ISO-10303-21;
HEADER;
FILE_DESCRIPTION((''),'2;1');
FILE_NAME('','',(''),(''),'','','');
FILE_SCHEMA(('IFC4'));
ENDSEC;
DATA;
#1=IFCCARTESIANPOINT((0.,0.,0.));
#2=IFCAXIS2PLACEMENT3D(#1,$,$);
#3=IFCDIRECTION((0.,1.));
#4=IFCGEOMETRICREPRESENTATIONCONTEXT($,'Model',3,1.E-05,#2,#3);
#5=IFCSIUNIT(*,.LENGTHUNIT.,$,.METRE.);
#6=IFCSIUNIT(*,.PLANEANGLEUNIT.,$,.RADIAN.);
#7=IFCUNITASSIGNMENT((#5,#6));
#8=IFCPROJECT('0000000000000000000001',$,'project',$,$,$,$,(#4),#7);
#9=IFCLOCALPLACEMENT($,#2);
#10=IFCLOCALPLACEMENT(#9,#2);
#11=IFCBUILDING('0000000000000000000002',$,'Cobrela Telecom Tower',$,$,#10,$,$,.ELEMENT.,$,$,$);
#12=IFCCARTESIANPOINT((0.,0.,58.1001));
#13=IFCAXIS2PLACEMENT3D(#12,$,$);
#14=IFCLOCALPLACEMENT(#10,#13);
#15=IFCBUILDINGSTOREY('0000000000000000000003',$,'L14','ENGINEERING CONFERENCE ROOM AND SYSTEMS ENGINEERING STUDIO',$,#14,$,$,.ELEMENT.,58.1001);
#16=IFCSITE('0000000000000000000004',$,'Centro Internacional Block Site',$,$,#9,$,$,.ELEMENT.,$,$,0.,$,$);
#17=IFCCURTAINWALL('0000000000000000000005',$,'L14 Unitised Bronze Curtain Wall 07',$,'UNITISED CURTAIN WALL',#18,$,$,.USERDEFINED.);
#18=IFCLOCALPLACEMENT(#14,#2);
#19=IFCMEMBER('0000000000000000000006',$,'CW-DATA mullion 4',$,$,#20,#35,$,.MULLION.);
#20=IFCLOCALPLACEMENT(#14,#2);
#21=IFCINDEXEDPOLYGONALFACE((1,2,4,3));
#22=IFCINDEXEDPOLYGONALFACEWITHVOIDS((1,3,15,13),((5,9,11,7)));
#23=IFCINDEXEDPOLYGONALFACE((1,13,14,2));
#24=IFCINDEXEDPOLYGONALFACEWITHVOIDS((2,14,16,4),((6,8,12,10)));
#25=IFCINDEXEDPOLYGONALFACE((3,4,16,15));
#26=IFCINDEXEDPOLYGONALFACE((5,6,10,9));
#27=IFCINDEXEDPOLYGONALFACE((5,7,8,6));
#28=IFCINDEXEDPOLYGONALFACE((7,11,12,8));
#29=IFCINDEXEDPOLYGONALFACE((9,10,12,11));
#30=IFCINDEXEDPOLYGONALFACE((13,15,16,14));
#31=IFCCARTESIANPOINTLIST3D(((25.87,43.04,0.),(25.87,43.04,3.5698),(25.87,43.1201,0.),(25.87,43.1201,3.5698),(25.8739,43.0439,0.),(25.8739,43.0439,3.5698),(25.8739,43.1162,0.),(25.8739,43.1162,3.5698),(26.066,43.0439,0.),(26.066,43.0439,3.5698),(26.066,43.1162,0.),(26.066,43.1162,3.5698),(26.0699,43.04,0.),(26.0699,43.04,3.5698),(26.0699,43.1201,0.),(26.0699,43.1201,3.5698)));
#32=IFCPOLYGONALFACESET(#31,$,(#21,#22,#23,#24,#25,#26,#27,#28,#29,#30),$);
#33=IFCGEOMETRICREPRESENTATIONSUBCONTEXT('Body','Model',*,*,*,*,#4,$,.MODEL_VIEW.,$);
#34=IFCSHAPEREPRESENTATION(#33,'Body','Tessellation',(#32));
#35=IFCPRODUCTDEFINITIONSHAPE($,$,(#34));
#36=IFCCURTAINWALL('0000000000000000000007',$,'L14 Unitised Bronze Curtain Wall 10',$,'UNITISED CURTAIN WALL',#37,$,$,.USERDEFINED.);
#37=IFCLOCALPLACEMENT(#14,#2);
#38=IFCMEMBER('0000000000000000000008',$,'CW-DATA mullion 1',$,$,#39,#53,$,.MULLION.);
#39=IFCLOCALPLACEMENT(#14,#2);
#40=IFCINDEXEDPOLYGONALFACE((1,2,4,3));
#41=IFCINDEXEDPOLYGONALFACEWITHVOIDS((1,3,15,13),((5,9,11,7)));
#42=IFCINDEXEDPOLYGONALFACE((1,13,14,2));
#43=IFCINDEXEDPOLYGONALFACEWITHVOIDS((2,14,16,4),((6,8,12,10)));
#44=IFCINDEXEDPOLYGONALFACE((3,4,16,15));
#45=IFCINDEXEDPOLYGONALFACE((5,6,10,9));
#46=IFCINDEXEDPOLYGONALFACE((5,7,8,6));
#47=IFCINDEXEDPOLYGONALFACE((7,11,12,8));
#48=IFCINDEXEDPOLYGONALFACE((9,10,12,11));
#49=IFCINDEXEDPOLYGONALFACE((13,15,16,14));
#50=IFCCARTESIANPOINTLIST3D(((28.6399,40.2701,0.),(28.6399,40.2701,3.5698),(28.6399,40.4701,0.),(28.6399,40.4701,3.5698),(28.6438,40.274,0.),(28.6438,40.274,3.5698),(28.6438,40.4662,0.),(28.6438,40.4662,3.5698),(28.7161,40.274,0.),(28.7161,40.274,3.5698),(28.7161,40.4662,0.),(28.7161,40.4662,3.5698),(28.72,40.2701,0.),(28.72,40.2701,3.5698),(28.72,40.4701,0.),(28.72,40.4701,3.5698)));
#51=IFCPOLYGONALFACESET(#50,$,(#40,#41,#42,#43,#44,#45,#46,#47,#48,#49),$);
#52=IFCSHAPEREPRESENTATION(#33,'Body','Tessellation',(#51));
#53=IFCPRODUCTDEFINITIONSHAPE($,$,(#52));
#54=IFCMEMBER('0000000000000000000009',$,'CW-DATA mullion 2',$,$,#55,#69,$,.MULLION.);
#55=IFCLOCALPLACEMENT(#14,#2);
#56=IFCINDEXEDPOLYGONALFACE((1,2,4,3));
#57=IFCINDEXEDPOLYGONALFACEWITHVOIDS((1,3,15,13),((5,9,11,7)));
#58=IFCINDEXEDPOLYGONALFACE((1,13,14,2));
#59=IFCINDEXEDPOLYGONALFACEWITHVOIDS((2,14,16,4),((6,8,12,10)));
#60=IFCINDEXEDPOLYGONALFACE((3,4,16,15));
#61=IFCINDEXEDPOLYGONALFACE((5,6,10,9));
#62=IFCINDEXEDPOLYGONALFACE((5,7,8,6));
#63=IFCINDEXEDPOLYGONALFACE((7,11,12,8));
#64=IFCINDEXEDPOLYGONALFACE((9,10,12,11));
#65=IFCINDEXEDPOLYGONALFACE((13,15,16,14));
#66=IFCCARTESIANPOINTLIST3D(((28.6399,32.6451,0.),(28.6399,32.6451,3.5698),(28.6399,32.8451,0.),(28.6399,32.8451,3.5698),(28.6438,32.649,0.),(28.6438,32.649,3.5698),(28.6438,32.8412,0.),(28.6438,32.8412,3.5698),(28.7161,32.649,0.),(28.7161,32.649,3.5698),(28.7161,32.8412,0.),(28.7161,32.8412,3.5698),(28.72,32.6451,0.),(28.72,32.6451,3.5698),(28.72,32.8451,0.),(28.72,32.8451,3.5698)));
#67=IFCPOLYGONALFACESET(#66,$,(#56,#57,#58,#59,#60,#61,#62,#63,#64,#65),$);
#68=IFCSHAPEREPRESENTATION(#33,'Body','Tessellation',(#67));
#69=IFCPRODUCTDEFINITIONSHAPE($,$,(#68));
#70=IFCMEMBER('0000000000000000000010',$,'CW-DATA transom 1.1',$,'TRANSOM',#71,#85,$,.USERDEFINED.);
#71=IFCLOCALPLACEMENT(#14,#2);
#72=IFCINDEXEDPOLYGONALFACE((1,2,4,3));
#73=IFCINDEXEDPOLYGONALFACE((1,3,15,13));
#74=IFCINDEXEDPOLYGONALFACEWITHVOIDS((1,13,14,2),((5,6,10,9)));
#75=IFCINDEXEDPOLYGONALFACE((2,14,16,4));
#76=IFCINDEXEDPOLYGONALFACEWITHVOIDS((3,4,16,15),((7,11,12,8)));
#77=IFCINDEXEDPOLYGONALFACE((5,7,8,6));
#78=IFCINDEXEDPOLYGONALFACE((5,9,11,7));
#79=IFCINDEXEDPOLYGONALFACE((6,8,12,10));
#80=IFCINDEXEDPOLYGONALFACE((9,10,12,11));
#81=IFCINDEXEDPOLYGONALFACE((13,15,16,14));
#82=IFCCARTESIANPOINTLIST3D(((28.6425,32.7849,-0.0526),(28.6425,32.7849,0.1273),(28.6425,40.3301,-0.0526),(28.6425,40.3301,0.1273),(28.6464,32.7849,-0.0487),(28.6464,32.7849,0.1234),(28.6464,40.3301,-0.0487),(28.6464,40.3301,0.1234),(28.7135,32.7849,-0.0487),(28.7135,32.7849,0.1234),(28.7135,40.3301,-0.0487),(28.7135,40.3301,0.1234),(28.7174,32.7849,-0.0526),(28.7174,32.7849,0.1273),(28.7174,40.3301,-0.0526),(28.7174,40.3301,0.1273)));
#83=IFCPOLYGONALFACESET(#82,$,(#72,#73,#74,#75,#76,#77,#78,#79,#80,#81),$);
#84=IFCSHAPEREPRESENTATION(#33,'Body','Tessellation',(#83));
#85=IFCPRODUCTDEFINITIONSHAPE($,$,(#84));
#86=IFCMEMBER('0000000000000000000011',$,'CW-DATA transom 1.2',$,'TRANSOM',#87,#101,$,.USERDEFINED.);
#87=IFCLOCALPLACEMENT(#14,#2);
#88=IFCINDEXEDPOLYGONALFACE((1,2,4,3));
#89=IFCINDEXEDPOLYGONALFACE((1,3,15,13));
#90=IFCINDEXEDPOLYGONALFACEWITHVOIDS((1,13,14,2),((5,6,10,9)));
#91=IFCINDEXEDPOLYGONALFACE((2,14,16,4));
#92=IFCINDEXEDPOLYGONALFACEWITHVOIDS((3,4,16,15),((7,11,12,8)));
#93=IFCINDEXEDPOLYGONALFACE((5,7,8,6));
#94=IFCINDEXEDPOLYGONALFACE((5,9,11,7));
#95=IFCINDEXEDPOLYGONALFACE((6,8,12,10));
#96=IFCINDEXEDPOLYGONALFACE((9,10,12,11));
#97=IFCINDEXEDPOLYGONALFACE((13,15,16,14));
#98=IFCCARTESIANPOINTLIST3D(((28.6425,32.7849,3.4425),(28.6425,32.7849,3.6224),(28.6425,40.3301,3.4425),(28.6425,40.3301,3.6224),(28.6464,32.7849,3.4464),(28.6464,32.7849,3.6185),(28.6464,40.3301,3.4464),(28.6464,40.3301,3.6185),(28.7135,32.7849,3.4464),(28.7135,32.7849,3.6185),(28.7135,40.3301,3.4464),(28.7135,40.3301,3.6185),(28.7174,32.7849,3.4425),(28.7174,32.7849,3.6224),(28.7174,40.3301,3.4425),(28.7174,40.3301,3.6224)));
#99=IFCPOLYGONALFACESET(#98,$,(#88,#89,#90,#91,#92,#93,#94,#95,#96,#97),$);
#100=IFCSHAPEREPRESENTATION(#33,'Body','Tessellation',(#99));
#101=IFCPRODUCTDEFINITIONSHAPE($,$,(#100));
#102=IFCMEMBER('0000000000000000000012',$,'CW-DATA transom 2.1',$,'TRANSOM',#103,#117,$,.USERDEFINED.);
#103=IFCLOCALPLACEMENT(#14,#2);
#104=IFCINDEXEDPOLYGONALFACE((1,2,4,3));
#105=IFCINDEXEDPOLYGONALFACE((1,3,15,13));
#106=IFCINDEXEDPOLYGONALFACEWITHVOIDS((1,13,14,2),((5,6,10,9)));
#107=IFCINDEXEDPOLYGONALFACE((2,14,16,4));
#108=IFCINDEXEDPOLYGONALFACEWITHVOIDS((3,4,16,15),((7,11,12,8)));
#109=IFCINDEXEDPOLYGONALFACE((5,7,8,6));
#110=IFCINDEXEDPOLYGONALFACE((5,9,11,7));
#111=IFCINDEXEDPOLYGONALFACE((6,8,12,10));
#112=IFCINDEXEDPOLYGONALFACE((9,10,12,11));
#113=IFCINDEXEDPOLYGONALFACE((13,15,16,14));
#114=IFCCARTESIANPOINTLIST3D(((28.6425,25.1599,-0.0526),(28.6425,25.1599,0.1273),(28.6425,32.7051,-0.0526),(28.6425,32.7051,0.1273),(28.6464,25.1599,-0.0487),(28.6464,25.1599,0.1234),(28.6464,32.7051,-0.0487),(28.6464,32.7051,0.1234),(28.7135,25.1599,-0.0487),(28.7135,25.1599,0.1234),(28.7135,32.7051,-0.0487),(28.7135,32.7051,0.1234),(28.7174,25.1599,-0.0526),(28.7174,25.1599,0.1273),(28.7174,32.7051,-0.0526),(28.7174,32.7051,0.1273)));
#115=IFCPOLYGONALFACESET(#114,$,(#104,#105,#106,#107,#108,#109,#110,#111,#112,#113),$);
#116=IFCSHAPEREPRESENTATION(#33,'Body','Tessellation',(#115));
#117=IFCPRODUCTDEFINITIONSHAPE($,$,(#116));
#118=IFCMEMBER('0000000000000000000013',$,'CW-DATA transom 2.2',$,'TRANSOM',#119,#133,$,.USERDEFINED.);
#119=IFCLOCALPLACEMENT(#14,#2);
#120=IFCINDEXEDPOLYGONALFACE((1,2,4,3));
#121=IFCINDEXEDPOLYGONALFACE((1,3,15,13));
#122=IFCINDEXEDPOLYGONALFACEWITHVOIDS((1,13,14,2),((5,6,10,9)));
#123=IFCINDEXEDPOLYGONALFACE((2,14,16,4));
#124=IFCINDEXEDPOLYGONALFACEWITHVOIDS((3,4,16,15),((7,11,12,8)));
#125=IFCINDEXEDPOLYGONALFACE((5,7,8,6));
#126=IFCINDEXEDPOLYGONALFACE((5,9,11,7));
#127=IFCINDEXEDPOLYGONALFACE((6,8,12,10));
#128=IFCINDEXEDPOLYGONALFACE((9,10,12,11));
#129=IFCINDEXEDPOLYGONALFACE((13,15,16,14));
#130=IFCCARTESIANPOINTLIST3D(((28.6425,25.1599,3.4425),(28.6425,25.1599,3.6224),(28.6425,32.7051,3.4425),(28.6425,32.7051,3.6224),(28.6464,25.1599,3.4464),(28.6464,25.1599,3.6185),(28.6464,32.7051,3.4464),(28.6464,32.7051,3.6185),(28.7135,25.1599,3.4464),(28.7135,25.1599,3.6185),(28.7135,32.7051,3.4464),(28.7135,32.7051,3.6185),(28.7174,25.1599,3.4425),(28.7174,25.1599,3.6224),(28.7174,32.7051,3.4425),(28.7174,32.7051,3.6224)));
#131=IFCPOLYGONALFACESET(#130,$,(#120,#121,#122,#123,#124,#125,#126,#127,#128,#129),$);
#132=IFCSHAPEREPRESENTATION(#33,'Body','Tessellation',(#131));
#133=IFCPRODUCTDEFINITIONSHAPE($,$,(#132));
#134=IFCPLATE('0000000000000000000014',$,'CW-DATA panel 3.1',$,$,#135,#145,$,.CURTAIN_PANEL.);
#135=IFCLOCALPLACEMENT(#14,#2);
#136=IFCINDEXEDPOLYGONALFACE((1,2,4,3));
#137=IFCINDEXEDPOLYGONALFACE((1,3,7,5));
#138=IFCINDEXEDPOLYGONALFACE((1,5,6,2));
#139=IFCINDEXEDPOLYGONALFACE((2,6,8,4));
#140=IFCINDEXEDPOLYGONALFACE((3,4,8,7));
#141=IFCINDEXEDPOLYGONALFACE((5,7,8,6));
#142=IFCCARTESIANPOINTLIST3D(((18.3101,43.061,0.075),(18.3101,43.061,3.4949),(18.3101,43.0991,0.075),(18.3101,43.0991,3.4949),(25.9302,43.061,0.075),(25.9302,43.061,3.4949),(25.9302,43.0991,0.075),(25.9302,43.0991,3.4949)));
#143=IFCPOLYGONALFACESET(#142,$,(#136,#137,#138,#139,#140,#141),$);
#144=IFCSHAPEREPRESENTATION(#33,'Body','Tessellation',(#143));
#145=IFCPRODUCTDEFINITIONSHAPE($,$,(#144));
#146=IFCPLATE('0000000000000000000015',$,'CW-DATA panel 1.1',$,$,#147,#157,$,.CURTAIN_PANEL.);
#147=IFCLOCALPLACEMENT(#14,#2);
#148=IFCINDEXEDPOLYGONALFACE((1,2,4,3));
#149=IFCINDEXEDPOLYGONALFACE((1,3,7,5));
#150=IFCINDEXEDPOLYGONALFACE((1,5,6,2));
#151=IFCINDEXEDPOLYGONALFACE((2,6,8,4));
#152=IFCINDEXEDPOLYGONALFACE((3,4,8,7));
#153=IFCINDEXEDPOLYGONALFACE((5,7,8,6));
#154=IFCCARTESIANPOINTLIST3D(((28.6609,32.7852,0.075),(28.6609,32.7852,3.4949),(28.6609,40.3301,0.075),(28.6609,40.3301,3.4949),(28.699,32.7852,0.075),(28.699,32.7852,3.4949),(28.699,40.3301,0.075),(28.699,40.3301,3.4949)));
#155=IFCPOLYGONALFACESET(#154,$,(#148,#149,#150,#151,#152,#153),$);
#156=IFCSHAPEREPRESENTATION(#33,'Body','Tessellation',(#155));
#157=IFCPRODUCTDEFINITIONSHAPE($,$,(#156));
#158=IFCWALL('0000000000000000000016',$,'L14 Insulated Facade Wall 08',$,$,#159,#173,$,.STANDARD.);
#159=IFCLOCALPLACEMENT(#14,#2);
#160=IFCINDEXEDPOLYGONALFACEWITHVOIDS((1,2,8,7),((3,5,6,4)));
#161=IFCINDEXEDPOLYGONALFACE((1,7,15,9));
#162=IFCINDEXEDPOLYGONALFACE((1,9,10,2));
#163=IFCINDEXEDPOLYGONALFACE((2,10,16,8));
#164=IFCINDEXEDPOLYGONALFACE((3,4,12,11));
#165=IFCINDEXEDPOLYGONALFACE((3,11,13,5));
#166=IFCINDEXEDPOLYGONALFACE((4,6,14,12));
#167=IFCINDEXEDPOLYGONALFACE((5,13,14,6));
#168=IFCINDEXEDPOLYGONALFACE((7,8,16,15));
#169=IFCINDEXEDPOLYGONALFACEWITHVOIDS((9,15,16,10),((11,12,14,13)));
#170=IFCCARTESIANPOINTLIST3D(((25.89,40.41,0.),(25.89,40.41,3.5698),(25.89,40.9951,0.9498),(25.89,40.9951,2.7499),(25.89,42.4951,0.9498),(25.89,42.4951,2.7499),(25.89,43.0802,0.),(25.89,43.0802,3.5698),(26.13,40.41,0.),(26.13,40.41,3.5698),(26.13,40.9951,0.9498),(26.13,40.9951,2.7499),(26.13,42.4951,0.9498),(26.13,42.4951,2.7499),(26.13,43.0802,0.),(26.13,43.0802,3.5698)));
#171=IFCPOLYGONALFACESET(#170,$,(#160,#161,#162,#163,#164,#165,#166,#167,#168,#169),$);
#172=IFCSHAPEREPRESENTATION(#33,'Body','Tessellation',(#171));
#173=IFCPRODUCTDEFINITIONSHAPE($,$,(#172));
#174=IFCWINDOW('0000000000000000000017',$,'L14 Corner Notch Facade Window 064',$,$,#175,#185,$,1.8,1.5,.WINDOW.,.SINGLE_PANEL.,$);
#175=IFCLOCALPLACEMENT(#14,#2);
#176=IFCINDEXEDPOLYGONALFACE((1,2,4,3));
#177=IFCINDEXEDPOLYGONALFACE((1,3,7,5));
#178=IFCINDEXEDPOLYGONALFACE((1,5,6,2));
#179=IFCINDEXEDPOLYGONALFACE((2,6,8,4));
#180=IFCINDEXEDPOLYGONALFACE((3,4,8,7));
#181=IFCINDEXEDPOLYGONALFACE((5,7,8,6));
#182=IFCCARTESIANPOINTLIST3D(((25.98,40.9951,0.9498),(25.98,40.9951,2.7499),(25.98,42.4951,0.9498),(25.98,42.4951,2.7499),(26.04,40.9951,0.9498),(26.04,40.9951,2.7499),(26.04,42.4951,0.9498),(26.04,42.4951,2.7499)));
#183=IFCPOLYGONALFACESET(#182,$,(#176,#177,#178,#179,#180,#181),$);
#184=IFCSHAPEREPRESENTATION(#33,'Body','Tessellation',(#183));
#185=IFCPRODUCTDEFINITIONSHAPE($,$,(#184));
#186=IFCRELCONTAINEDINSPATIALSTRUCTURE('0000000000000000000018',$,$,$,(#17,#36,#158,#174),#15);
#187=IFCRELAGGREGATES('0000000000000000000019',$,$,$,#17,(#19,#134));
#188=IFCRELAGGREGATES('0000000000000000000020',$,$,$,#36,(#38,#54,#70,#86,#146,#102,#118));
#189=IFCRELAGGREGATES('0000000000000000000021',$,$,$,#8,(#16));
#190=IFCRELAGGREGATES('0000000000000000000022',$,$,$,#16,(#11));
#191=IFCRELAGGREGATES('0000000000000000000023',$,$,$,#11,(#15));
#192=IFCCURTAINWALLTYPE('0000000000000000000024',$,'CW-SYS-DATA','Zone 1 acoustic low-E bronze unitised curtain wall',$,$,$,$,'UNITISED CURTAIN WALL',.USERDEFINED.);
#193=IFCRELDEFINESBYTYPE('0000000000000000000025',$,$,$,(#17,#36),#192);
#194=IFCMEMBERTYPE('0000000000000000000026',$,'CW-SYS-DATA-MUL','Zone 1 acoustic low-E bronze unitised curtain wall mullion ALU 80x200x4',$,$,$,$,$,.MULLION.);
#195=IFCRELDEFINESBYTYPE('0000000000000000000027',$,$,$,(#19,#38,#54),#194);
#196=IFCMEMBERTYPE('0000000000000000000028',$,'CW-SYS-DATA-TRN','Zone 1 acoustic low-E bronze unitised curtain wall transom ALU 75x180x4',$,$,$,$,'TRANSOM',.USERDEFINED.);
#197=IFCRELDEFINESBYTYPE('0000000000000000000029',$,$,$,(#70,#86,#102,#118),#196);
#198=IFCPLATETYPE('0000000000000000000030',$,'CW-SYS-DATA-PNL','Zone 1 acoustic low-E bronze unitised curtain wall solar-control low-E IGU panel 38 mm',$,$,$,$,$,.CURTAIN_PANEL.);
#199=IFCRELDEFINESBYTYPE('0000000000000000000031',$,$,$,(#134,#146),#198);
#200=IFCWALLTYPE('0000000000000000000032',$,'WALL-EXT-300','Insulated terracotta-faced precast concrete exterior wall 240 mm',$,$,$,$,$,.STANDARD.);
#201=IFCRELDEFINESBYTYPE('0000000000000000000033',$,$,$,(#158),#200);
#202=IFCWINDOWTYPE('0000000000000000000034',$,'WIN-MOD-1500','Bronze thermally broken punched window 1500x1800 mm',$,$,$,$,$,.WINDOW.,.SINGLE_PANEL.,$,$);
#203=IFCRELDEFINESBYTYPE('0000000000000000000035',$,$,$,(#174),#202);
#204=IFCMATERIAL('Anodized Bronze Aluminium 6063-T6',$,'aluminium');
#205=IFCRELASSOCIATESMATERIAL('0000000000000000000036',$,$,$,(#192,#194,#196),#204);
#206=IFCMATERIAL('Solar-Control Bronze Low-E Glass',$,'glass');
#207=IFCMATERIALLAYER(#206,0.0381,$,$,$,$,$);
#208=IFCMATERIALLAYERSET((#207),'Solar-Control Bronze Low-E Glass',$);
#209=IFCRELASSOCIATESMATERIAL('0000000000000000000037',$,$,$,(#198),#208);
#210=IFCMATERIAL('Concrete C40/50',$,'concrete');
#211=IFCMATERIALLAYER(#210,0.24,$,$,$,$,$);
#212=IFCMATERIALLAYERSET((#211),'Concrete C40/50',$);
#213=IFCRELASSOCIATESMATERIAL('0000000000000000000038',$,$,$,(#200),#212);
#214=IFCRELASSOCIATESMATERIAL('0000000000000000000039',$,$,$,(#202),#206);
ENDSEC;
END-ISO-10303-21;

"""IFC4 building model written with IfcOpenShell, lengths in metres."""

from ifc_helpers import new_model, si_unit, direction, frame, frame_2d, origin, origin_2d, place, context, subcontext, project, spatial, rectangle, hollow_rectangle, extrude, material, layer, layer_set, material_profile, profile_set, type_object, element, fill, aggregate, save


model = new_model("IFC4")

# Units and contexts
model_context = context("Model", 3, precision=1e-05, world=origin(), true_north=direction((0.0, 1.0)))
body_context = subcontext(model_context, "Body", "Model", "MODEL_VIEW")
ifc_project = project(units=[si_unit("LENGTHUNIT", "METRE"), si_unit("PLANEANGLEUNIT", "RADIAN")], contexts=[model_context])

# Site, building, storey
site_placement = place(None, origin())
site = spatial("IfcSite", under=ifc_project, at=site_placement, Name="Centro Internacional Block Site", CompositionType="ELEMENT", RefElevation=0.0)
building_placement = place(site_placement, origin())
building = spatial("IfcBuilding", under=site, at=building_placement, Name="Cobrela Telecom Tower", CompositionType="ELEMENT")
storey_placement = place(building_placement, frame((0.0, 0.0, 58.1001)))
storey = spatial("IfcBuildingStorey", under=building, at=storey_placement, Name="L14", Description="ENGINEERING CONFERENCE ROOM AND SYSTEMS ENGINEERING STUDIO", CompositionType="ELEMENT", Elevation=58.1001)

# Curtain wall, member
ifc_material_1 = material(Name="Anodized Bronze Aluminium 6063-T6", Category="aluminium")
curtain_wall_type = type_object("IfcCurtainWallType", Name="CW-SYS-DATA", Description="Zone 1 acoustic low-E bronze unitised curtain wall", ElementType="UNITISED CURTAIN WALL", PredefinedType="USERDEFINED", material=ifc_material_1)
curtain_wall_1_placement = place(storey_placement, origin())
curtain_wall_1 = element("IfcCurtainWall", 1, at=curtain_wall_1_placement, inside=storey, type_object=curtain_wall_type, Name="L14 Unitised Bronze Curtain Wall 07", ObjectType="UNITISED CURTAIN WALL", PredefinedType="USERDEFINED")
ifc_material_profile_1 = material_profile(ifc_material_1, hollow_rectangle(XDim=0.0801, YDim=0.2, WallThickness=0.0039, at=origin_2d()), Name="ALU 80x200x4")
ifc_profile_set_1 = profile_set([ifc_material_profile_1], Name="Anodized Bronze Aluminium 6063-T6")
member_type_1 = type_object("IfcMemberType", Name="CW-SYS-DATA-MUL", Description="Zone 1 acoustic low-E bronze unitised curtain wall mullion ALU 80x200x4", PredefinedType="MULLION", material=ifc_profile_set_1)
member_1_placement = place(storey_placement, frame((25.97, 43.0801, 0.0), z_axis=(0.0, 0.0, 1.0), x_axis=(0.0, 1.0, 0.0)))
member_1 = element("IfcMember", 2, at=member_1_placement, type_object=member_type_1, Name="CW-DATA mullion 4", PredefinedType="MULLION", context=body_context, shape_type="SweptSolid", body=[
    extrude(hollow_rectangle(XDim=0.0801, YDim=0.2, WallThickness=0.0039, at=origin_2d()), origin(), (0.0, 0.0, 1.0), 3.5698),
])

# Curtain wall, members
curtain_wall_2_placement = place(storey_placement, origin())
curtain_wall_2 = element("IfcCurtainWall", 3, at=curtain_wall_2_placement, inside=storey, type_object=curtain_wall_type, Name="L14 Unitised Bronze Curtain Wall 10", ObjectType="UNITISED CURTAIN WALL", PredefinedType="USERDEFINED")
member_2_placement = place(storey_placement, frame((28.6799, 40.3701, 0.0), z_axis=(0.0, 0.0, 1.0), x_axis=(1.0, 0.0, 0.0)))
member_2 = element("IfcMember", 4, at=member_2_placement, type_object=member_type_1, Name="CW-DATA mullion 1", PredefinedType="MULLION", context=body_context, shape_type="SweptSolid", body=[
    extrude(hollow_rectangle(XDim=0.0801, YDim=0.2, WallThickness=0.0039, at=origin_2d()), origin(), (0.0, 0.0, 1.0), 3.5698),
])
member_3_placement = place(storey_placement, frame((28.6799, 32.7451, 0.0), z_axis=(0.0, 0.0, 1.0), x_axis=(1.0, 0.0, 0.0)))
member_3 = element("IfcMember", 5, at=member_3_placement, type_object=member_type_1, Name="CW-DATA mullion 2", PredefinedType="MULLION", context=body_context, shape_type="SweptSolid", body=[
    extrude(hollow_rectangle(XDim=0.0801, YDim=0.2, WallThickness=0.0039, at=origin_2d()), origin(), (0.0, 0.0, 1.0), 3.5698),
])
ifc_material_profile_2 = material_profile(ifc_material_1, hollow_rectangle(XDim=0.075, YDim=0.1799, WallThickness=0.0039, at=origin_2d()), Name="ALU 75x180x4")
ifc_profile_set_2 = profile_set([ifc_material_profile_2], Name="Anodized Bronze Aluminium 6063-T6")
member_type_2 = type_object("IfcMemberType", Name="CW-SYS-DATA-TRN", Description="Zone 1 acoustic low-E bronze unitised curtain wall transom ALU 75x180x4", ElementType="TRANSOM", PredefinedType="USERDEFINED", material=ifc_profile_set_2)
member_4_placement = place(storey_placement, frame((28.6799, 40.3301, 0.0374), z_axis=(0.0, -1.0, 0.0), x_axis=(1.0, 0.0, 0.0)))
member_4 = element("IfcMember", 6, at=member_4_placement, type_object=member_type_2, Name="CW-DATA transom 1.1", ObjectType="TRANSOM", PredefinedType="USERDEFINED", context=body_context, shape_type="SweptSolid", body=[
    extrude(hollow_rectangle(XDim=0.075, YDim=0.1799, WallThickness=0.0039, at=origin_2d()), origin(), (0.0, 0.0, 1.0), 7.5452),
])
member_5_placement = place(storey_placement, frame((28.6799, 40.3301, 3.5325), z_axis=(0.0, -1.0, 0.0), x_axis=(1.0, 0.0, 0.0)))
member_5 = element("IfcMember", 7, at=member_5_placement, type_object=member_type_2, Name="CW-DATA transom 1.2", ObjectType="TRANSOM", PredefinedType="USERDEFINED", context=body_context, shape_type="SweptSolid", body=[
    extrude(hollow_rectangle(XDim=0.075, YDim=0.1799, WallThickness=0.0039, at=origin_2d()), origin(), (0.0, 0.0, 1.0), 7.5452),
])
member_6_placement = place(storey_placement, frame((28.6799, 32.7051, 0.0374), z_axis=(0.0, -1.0, 0.0), x_axis=(1.0, 0.0, 0.0)))
member_6 = element("IfcMember", 8, at=member_6_placement, type_object=member_type_2, Name="CW-DATA transom 2.1", ObjectType="TRANSOM", PredefinedType="USERDEFINED", context=body_context, shape_type="SweptSolid", body=[
    extrude(hollow_rectangle(XDim=0.075, YDim=0.1799, WallThickness=0.0039, at=origin_2d()), origin(), (0.0, 0.0, 1.0), 7.5452),
])
member_7_placement = place(storey_placement, frame((28.6799, 32.7051, 3.5325), z_axis=(0.0, -1.0, 0.0), x_axis=(1.0, 0.0, 0.0)))
member_7 = element("IfcMember", 9, at=member_7_placement, type_object=member_type_2, Name="CW-DATA transom 2.2", ObjectType="TRANSOM", PredefinedType="USERDEFINED", context=body_context, shape_type="SweptSolid", body=[
    extrude(hollow_rectangle(XDim=0.075, YDim=0.1799, WallThickness=0.0039, at=origin_2d()), origin(), (0.0, 0.0, 1.0), 7.5452),
])

# Plates
ifc_material_2 = material(Name="Solar-Control Bronze Low-E Glass", Category="glass")
ifc_layer_1 = layer(ifc_material_2, 0.0381)
ifc_layer_set_1 = layer_set([ifc_layer_1], Name="Solar-Control Bronze Low-E Glass")
plate_type = type_object("IfcPlateType", Name="CW-SYS-DATA-PNL", Description="Zone 1 acoustic low-E bronze unitised curtain wall solar-control low-E IGU panel 38 mm", PredefinedType="CURTAIN_PANEL", material=ifc_layer_set_1)
plate_1_placement = place(storey_placement, frame((22.1201, 43.0801, 0.075), z_axis=(0.0, 0.0, 1.0), x_axis=(1.0, 0.0, 0.0)))
plate_1 = element("IfcPlate", 10, at=plate_1_placement, type_object=plate_type, Name="CW-DATA panel 3.1", PredefinedType="CURTAIN_PANEL", context=body_context, shape_type="SweptSolid", body=[
    extrude(rectangle(XDim=7.6201, YDim=0.0381, at=origin_2d()), origin(), (0.0, 0.0, 1.0), 3.4199),
])
aggregate(curtain_wall_1, [member_1, plate_1])
plate_2_placement = place(storey_placement, frame((28.6799, 36.5576, 0.075), z_axis=(0.0, 0.0, 1.0), x_axis=(0.0, -1.0, 0.0)))
plate_2 = element("IfcPlate", 11, at=plate_2_placement, type_object=plate_type, Name="CW-DATA panel 1.1", PredefinedType="CURTAIN_PANEL", context=body_context, shape_type="SweptSolid", body=[
    extrude(rectangle(XDim=7.5449, YDim=0.0381, at=origin_2d()), origin(), (0.0, 0.0, 1.0), 3.4199),
])
aggregate(curtain_wall_2, [member_2, member_3, member_4, member_5, plate_2, member_6, member_7])

# Wall, opening, window
ifc_material_3 = material(Name="Concrete C40/50", Category="concrete")
ifc_layer_2 = layer(ifc_material_3, 0.24)
ifc_layer_set_2 = layer_set([ifc_layer_2], Name="Concrete C40/50")
wall_type = type_object("IfcWallType", Name="WALL-EXT-300", Description="Insulated terracotta-faced precast concrete exterior wall 240 mm", PredefinedType="STANDARD", material=ifc_layer_set_2)
wall_1_placement = place(storey_placement, frame((26.01, 43.0801, 0.0), z_axis=(0.0, 0.0, 1.0), x_axis=(0.0, -1.0, 0.0)))
wall_1 = element("IfcWall", 12, at=wall_1_placement, inside=storey, type_object=wall_type, Name="L14 Insulated Facade Wall 08", PredefinedType="STANDARD", context=body_context, shape_type="SweptSolid", body=[
    extrude(rectangle(XDim=2.6702, YDim=0.24, at=frame_2d((1.335, 0.0))), origin(), (0.0, 0.0, 1.0), 3.5698),
])
opening_1_placement = place(wall_1_placement, frame((0.585, 0.0, 0.95)))
opening_1 = element("IfcOpeningElement", 13, at=opening_1_placement, cuts=wall_1, PredefinedType="OPENING", context=body_context, shape_type="SweptSolid", body=[
    extrude(rectangle(XDim=1.5, YDim=1.8, at=frame_2d((0.75, 0.8999))), frame((0.0, 0.1318, 0.0), z_axis=(0.0, -1.0, 0.0), x_axis=(1.0, 0.0, 0.0)), (0.0, 0.0, 1.0), 0.2639),
])
window_type_1 = type_object("IfcWindowType", Name="WIN-MOD-1500", Description="Bronze thermally broken punched window 1500x1800 mm", PartitioningType="SINGLE_PANEL", PredefinedType="WINDOW", material=ifc_material_2)
window_1_placement = place(opening_1_placement, origin())
window_1 = element("IfcWindow", 14, at=window_1_placement, inside=storey, type_object=window_type_1, Name="L14 Corner Notch Facade Window 064", OverallHeight=1.8, OverallWidth=1.5, PartitioningType="SINGLE_PANEL", PredefinedType="WINDOW", context=body_context, shape_type="SweptSolid", body=[
    extrude(rectangle(XDim=1.5, YDim=1.8, at=frame_2d((0.75, 0.8999))), frame((0.0, 0.03, 0.0), z_axis=(0.0, -1.0, 0.0), x_axis=(1.0, 0.0, 0.0)), (0.0, 0.0, 1.0), 0.0601),
])
fill(opening_1, window_1)

save(model, "model.ifc")
